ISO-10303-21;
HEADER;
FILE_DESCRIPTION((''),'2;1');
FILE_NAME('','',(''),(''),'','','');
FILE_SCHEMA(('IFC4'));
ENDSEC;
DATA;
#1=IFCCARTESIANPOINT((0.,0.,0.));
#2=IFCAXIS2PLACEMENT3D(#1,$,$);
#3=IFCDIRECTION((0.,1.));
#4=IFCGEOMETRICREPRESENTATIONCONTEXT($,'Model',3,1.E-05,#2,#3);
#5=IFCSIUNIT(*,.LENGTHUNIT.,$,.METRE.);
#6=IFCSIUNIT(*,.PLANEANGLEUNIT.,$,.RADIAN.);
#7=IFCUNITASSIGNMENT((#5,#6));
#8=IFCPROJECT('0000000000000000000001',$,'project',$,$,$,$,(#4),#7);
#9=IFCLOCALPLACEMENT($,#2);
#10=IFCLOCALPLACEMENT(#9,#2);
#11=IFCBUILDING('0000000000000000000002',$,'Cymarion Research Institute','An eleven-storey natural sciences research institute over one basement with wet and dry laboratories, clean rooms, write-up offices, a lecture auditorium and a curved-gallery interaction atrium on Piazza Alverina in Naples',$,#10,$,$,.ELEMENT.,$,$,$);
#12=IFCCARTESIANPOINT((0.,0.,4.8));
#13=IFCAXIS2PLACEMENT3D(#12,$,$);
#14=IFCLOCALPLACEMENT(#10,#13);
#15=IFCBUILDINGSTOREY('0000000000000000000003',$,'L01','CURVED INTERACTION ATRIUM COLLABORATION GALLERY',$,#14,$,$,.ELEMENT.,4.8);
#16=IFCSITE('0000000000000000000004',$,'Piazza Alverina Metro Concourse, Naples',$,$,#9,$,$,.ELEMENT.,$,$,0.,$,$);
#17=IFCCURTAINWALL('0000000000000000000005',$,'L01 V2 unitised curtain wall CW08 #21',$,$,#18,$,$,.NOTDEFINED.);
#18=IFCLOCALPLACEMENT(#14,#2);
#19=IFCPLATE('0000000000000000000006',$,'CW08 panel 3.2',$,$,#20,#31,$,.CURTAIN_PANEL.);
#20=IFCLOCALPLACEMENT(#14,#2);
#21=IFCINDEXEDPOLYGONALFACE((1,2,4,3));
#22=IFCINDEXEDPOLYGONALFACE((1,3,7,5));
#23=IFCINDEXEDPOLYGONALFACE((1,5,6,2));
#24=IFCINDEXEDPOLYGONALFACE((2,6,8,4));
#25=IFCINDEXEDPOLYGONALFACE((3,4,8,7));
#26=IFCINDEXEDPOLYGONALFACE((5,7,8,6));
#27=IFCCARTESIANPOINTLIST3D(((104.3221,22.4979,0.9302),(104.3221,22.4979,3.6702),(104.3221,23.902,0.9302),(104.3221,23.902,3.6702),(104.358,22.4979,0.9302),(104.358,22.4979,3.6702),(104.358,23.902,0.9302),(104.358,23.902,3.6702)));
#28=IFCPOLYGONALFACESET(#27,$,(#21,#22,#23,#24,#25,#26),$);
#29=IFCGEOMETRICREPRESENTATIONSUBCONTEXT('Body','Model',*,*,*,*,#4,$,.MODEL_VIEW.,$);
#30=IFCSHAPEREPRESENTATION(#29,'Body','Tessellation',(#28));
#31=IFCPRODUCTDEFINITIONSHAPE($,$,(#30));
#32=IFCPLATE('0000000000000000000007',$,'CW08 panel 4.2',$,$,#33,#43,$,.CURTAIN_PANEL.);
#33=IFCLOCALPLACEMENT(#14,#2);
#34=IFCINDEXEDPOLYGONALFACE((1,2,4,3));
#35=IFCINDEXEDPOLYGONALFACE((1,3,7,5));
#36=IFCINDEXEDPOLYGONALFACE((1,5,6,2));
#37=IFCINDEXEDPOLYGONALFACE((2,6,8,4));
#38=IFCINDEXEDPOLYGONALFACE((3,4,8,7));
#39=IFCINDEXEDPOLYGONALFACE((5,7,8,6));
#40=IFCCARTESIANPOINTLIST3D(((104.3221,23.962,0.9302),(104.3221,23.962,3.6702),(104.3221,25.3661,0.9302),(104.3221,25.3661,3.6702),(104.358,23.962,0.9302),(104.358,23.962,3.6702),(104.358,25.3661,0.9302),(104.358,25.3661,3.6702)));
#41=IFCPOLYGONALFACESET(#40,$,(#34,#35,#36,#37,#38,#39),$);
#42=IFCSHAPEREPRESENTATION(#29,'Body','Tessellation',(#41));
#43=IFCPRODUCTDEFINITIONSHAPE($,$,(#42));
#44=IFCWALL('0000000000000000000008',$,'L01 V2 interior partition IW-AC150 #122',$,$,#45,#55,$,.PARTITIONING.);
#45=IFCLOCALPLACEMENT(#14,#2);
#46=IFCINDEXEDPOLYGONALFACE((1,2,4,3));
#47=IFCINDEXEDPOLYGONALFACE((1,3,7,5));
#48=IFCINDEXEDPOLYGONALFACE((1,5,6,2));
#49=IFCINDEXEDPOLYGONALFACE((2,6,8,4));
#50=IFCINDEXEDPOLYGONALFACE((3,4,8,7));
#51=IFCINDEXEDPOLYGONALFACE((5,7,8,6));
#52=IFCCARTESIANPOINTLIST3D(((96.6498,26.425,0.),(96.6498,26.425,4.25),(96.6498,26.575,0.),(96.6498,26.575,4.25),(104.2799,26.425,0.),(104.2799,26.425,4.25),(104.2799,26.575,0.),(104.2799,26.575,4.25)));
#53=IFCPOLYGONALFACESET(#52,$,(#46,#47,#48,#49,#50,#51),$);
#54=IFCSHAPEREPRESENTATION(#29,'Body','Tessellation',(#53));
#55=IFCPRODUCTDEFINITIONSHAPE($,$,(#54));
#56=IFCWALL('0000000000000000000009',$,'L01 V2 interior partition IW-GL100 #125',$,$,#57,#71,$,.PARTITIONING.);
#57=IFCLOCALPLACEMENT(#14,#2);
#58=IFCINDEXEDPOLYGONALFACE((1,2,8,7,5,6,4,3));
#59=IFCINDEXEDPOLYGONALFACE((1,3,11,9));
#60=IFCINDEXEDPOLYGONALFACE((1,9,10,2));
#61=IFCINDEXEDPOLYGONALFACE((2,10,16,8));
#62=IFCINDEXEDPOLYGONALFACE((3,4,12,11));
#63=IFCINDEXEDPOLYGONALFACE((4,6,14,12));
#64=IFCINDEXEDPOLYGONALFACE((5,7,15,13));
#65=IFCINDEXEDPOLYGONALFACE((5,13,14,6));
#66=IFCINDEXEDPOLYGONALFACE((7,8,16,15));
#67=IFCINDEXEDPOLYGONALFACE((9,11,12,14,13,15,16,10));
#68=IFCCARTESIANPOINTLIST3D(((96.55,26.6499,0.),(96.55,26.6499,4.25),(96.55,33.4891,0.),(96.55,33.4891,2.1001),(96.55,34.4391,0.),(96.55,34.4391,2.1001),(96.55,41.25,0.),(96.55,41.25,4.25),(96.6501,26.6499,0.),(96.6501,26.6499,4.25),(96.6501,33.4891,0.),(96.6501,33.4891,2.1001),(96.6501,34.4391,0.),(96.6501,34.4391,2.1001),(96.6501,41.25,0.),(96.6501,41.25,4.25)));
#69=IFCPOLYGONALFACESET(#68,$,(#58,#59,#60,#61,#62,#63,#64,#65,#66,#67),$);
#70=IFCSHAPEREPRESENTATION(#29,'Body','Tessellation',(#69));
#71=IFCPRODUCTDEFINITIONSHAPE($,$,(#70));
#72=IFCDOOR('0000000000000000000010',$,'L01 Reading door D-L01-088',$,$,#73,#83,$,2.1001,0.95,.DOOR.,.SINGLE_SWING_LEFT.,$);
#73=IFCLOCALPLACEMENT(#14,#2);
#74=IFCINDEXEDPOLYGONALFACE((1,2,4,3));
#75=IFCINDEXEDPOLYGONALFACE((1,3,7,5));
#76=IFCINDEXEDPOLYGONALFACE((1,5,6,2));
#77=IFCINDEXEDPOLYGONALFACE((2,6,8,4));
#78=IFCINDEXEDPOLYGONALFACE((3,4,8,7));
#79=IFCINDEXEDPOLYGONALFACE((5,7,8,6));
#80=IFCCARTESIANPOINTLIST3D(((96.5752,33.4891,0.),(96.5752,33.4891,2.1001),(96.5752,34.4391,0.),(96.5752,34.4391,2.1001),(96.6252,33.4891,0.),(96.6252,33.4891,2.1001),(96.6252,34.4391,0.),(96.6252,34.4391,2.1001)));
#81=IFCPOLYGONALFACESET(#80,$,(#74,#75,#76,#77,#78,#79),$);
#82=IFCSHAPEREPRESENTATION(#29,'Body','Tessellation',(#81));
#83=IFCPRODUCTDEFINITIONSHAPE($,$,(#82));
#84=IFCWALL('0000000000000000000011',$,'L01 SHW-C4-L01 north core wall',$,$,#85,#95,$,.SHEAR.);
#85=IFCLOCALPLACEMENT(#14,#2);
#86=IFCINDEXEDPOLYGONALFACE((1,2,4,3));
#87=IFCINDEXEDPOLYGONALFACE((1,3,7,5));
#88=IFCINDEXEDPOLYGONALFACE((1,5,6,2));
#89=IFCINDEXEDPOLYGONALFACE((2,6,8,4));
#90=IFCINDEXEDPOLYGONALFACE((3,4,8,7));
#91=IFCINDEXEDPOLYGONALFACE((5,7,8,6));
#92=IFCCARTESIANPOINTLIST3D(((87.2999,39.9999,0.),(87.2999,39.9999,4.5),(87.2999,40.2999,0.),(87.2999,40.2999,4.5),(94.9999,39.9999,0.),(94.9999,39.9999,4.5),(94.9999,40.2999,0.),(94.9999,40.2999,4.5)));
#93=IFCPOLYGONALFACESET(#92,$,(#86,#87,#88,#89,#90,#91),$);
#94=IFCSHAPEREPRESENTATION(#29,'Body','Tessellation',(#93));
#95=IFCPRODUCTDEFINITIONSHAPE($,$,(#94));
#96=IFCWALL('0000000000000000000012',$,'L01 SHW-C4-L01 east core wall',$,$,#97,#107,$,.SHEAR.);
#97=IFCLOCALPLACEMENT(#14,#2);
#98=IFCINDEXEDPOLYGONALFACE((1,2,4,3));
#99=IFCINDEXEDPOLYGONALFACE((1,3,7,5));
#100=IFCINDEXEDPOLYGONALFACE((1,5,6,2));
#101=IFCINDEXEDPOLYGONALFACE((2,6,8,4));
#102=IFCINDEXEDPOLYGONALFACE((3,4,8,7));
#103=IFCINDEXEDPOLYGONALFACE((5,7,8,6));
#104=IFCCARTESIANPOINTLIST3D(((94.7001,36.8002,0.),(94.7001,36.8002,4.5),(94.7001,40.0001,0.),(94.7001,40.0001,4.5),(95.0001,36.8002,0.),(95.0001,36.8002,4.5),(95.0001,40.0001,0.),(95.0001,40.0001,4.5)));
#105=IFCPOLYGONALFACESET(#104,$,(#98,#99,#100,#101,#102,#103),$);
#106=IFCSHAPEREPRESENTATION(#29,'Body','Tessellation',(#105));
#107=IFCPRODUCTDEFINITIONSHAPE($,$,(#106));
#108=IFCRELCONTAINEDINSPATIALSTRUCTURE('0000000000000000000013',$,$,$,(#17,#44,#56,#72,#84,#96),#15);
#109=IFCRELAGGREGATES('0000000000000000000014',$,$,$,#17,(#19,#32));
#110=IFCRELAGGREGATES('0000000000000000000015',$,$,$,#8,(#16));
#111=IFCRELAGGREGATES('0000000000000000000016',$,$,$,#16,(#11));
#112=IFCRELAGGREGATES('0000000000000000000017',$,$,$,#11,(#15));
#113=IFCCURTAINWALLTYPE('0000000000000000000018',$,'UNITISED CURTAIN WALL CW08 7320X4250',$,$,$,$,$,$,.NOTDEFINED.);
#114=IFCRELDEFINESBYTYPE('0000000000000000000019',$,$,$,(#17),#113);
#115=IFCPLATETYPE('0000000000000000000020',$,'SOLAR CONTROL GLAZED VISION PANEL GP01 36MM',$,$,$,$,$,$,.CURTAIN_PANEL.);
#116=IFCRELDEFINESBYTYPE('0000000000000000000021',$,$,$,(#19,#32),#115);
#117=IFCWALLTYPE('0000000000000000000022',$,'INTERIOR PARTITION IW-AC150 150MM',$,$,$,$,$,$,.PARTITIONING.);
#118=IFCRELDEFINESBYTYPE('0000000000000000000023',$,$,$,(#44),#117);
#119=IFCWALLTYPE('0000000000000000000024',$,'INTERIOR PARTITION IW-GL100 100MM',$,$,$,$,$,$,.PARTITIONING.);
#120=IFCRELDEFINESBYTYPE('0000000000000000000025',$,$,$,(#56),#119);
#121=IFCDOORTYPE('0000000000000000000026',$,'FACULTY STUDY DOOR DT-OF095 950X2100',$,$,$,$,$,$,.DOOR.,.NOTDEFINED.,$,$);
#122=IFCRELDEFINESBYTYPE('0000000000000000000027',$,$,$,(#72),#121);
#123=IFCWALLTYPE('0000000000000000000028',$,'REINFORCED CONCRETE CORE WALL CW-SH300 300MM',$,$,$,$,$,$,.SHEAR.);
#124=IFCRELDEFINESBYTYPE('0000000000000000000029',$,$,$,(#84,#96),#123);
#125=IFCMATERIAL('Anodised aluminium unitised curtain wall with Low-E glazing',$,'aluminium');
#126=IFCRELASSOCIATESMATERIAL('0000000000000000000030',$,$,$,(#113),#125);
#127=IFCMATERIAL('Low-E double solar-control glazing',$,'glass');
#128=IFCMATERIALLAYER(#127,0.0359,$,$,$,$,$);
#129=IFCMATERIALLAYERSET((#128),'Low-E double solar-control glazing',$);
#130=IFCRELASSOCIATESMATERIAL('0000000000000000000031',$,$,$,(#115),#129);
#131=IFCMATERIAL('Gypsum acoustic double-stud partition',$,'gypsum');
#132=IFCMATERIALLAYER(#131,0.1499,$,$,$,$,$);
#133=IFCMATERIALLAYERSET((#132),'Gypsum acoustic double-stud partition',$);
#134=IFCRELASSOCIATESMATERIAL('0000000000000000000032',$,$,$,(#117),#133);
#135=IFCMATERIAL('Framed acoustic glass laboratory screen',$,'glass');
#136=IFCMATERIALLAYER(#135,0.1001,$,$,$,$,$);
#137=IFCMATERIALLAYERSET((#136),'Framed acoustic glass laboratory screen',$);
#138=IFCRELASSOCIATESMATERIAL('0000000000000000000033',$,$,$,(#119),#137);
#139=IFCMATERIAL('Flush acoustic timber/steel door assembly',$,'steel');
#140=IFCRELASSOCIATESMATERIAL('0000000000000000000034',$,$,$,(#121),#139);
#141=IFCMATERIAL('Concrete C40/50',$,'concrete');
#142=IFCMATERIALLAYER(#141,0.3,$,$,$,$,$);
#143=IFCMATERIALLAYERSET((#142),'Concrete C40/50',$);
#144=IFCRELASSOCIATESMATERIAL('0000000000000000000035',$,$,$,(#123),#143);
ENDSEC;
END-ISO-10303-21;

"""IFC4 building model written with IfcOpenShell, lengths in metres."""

from ifc_helpers import new_model, si_unit, direction, frame, frame_2d, origin, origin_2d, place, context, subcontext, project, spatial, rectangle, extrude, material, layer, layer_set, type_object, element, fill, aggregate, save


model = new_model("IFC4")

# Units and contexts
model_context = context("Model", 3, precision=1e-05, world=origin(), true_north=direction((0.0, 1.0)))
body_context = subcontext(model_context, "Body", "Model", "MODEL_VIEW")
ifc_project = project(units=[si_unit("LENGTHUNIT", "METRE"), si_unit("PLANEANGLEUNIT", "RADIAN")], contexts=[model_context])

# Site, building, storey
site_placement = place(None, origin())
site = spatial("IfcSite", under=ifc_project, at=site_placement, Name="Piazza Alverina Metro Concourse, Naples", CompositionType="ELEMENT", RefElevation=0.0)
building_placement = place(site_placement, origin())
building = spatial("IfcBuilding", under=site, at=building_placement, Name="Cymarion Research Institute", Description="An eleven-storey natural sciences research institute over one basement with wet and dry laboratories, clean rooms, write-up offices, a lecture auditorium and a curved-gallery interaction atrium on Piazza Alverina in Naples", CompositionType="ELEMENT")
storey_placement = place(building_placement, frame((0.0, 0.0, 4.8)))
storey = spatial("IfcBuildingStorey", under=building, at=storey_placement, Name="L01", Description="CURVED INTERACTION ATRIUM COLLABORATION GALLERY", CompositionType="ELEMENT", Elevation=4.8)

# Curtain wall
ifc_material_1 = material(Name="Anodised aluminium unitised curtain wall with Low-E glazing", Category="aluminium")
curtain_wall_type = type_object("IfcCurtainWallType", Name="UNITISED CURTAIN WALL CW08 7320X4250", PredefinedType="NOTDEFINED", material=ifc_material_1)
curtain_wall_placement = place(storey_placement, origin())
curtain_wall = element("IfcCurtainWall", 1, at=curtain_wall_placement, inside=storey, type_object=curtain_wall_type, Name="L01 V2 unitised curtain wall CW08 #21", PredefinedType="NOTDEFINED")

# Plates
ifc_material_2 = material(Name="Low-E double solar-control glazing", Category="glass")
ifc_layer_1 = layer(ifc_material_2, 0.0359)
ifc_layer_set_1 = layer_set([ifc_layer_1], Name="Low-E double solar-control glazing")
plate_type_1 = type_object("IfcPlateType", Name="SOLAR CONTROL GLAZED VISION PANEL GP01 36MM", PredefinedType="CURTAIN_PANEL", material=ifc_layer_set_1)
plate_1_placement = place(storey_placement, frame((104.3401, 23.2, 0.9302), z_axis=(0.0, 0.0, 1.0), x_axis=(0.0, 1.0, 0.0)))
plate_1 = element("IfcPlate", 2, at=plate_1_placement, type_object=plate_type_1, Name="CW08 panel 3.2", PredefinedType="CURTAIN_PANEL", context=body_context, shape_type="SweptSolid", body=[
    extrude(rectangle(XDim=1.4041, YDim=0.0359, at=origin_2d()), origin(), (0.0, 0.0, 1.0), 2.74),
])
plate_2_placement = place(storey_placement, frame((104.3401, 24.6641, 0.9302), z_axis=(0.0, 0.0, 1.0), x_axis=(0.0, 1.0, 0.0)))
plate_2 = element("IfcPlate", 3, at=plate_2_placement, type_object=plate_type_1, Name="CW08 panel 4.2", PredefinedType="CURTAIN_PANEL", context=body_context, shape_type="SweptSolid", body=[
    extrude(rectangle(XDim=1.4041, YDim=0.0359, at=origin_2d()), origin(), (0.0, 0.0, 1.0), 2.74),
])
aggregate(curtain_wall, [plate_1, plate_2])

# Wall
ifc_material_3 = material(Name="Gypsum acoustic double-stud partition", Category="gypsum")
ifc_layer_2 = layer(ifc_material_3, 0.1499)
ifc_layer_set_2 = layer_set([ifc_layer_2], Name="Gypsum acoustic double-stud partition")
wall_type_1 = type_object("IfcWallType", Name="INTERIOR PARTITION IW-AC150 150MM", PredefinedType="PARTITIONING", material=ifc_layer_set_2)
wall_1_placement = place(storey_placement, frame((96.6499, 26.5, 0.0), z_axis=(0.0, 0.0, 1.0), x_axis=(1.0, 0.0, 0.0)))
element("IfcWall", 4, at=wall_1_placement, inside=storey, type_object=wall_type_1, Name="L01 V2 interior partition IW-AC150 #122", PredefinedType="PARTITIONING", context=body_context, shape_type="SweptSolid", body=[
    extrude(rectangle(XDim=7.6301, YDim=0.1499, at=frame_2d((3.8149, 0.0))), origin(), (0.0, 0.0, 1.0), 4.25),
])

# Wall, opening, door
ifc_material_4 = material(Name="Framed acoustic glass laboratory screen", Category="glass")
ifc_layer_3 = layer(ifc_material_4, 0.1001)
ifc_layer_set_3 = layer_set([ifc_layer_3], Name="Framed acoustic glass laboratory screen")
wall_type_2 = type_object("IfcWallType", Name="INTERIOR PARTITION IW-GL100 100MM", PredefinedType="PARTITIONING", material=ifc_layer_set_3)
wall_2_placement = place(storey_placement, frame((96.6001, 26.6499, 0.0), z_axis=(0.0, 0.0, 1.0), x_axis=(0.0, 1.0, 0.0)))
wall_2 = element("IfcWall", 5, at=wall_2_placement, inside=storey, type_object=wall_type_2, Name="L01 V2 interior partition IW-GL100 #125", PredefinedType="PARTITIONING", context=body_context, shape_type="SweptSolid", body=[
    extrude(rectangle(XDim=14.6001, YDim=0.1001, at=frame_2d((7.3, 0.0))), origin(), (0.0, 0.0, 1.0), 4.25),
])
opening_placement = place(wall_2_placement, frame((6.8391, 0.0, 0.0)))
opening = element("IfcOpeningElement", 6, at=opening_placement, cuts=wall_2, PredefinedType="OPENING", context=body_context, shape_type="SweptSolid", body=[
    extrude(rectangle(XDim=0.95, YDim=2.1001, at=frame_2d((0.4751, 1.05))), frame((0.0, 0.0601, 0.0), z_axis=(0.0, -1.0, 0.0), x_axis=(1.0, 0.0, 0.0)), (0.0, 0.0, 1.0), 0.1201),
])
ifc_material_5 = material(Name="Flush acoustic timber/steel door assembly", Category="steel")
door_type = type_object("IfcDoorType", Name="FACULTY STUDY DOOR DT-OF095 950X2100", OperationType="NOTDEFINED", PredefinedType="DOOR", material=ifc_material_5)
door_placement = place(opening_placement, origin())
door = element("IfcDoor", 7, at=door_placement, inside=storey, type_object=door_type, Name="L01 Reading door D-L01-088", OperationType="SINGLE_SWING_LEFT", OverallHeight=2.1001, OverallWidth=0.95, PredefinedType="DOOR", context=body_context, shape_type="SweptSolid", body=[
    extrude(rectangle(XDim=0.95, YDim=2.1001, at=frame_2d((0.4751, 1.05))), frame((0.0, 0.0249, 0.0), z_axis=(0.0, -1.0, 0.0), x_axis=(1.0, 0.0, 0.0)), (0.0, 0.0, 1.0), 0.05),
])
fill(opening, door)

# Walls
ifc_material_6 = material(Name="Concrete C40/50", Category="concrete")
ifc_layer_4 = layer(ifc_material_6, 0.3)
ifc_layer_set_4 = layer_set([ifc_layer_4], Name="Concrete C40/50")
wall_type_3 = type_object("IfcWallType", Name="REINFORCED CONCRETE CORE WALL CW-SH300 300MM", PredefinedType="SHEAR", material=ifc_layer_set_4)
wall_3_placement = place(storey_placement, frame((95.0, 40.1499, 0.0), z_axis=(0.0, 0.0, 1.0), x_axis=(-1.0, 0.0, 0.0)))
element("IfcWall", 8, at=wall_3_placement, inside=storey, type_object=wall_type_3, Name="L01 SHW-C4-L01 north core wall", PredefinedType="SHEAR", context=body_context, shape_type="SweptSolid", body=[
    extrude(rectangle(XDim=7.7, YDim=0.3, at=frame_2d((3.8501, 0.0))), origin(), (0.0, 0.0, 1.0), 4.5),
])
wall_4_placement = place(storey_placement, frame((94.8501, 36.8, 0.0), z_axis=(0.0, 0.0, 1.0), x_axis=(0.0, 1.0, 0.0)))
element("IfcWall", 9, at=wall_4_placement, inside=storey, type_object=wall_type_3, Name="L01 SHW-C4-L01 east core wall", PredefinedType="SHEAR", context=body_context, shape_type="SweptSolid", body=[
    extrude(rectangle(XDim=3.2, YDim=0.3, at=frame_2d((1.6001, 0.0))), origin(), (0.0, 0.0, 1.0), 4.5),
])

save(model, "model.ifc")
